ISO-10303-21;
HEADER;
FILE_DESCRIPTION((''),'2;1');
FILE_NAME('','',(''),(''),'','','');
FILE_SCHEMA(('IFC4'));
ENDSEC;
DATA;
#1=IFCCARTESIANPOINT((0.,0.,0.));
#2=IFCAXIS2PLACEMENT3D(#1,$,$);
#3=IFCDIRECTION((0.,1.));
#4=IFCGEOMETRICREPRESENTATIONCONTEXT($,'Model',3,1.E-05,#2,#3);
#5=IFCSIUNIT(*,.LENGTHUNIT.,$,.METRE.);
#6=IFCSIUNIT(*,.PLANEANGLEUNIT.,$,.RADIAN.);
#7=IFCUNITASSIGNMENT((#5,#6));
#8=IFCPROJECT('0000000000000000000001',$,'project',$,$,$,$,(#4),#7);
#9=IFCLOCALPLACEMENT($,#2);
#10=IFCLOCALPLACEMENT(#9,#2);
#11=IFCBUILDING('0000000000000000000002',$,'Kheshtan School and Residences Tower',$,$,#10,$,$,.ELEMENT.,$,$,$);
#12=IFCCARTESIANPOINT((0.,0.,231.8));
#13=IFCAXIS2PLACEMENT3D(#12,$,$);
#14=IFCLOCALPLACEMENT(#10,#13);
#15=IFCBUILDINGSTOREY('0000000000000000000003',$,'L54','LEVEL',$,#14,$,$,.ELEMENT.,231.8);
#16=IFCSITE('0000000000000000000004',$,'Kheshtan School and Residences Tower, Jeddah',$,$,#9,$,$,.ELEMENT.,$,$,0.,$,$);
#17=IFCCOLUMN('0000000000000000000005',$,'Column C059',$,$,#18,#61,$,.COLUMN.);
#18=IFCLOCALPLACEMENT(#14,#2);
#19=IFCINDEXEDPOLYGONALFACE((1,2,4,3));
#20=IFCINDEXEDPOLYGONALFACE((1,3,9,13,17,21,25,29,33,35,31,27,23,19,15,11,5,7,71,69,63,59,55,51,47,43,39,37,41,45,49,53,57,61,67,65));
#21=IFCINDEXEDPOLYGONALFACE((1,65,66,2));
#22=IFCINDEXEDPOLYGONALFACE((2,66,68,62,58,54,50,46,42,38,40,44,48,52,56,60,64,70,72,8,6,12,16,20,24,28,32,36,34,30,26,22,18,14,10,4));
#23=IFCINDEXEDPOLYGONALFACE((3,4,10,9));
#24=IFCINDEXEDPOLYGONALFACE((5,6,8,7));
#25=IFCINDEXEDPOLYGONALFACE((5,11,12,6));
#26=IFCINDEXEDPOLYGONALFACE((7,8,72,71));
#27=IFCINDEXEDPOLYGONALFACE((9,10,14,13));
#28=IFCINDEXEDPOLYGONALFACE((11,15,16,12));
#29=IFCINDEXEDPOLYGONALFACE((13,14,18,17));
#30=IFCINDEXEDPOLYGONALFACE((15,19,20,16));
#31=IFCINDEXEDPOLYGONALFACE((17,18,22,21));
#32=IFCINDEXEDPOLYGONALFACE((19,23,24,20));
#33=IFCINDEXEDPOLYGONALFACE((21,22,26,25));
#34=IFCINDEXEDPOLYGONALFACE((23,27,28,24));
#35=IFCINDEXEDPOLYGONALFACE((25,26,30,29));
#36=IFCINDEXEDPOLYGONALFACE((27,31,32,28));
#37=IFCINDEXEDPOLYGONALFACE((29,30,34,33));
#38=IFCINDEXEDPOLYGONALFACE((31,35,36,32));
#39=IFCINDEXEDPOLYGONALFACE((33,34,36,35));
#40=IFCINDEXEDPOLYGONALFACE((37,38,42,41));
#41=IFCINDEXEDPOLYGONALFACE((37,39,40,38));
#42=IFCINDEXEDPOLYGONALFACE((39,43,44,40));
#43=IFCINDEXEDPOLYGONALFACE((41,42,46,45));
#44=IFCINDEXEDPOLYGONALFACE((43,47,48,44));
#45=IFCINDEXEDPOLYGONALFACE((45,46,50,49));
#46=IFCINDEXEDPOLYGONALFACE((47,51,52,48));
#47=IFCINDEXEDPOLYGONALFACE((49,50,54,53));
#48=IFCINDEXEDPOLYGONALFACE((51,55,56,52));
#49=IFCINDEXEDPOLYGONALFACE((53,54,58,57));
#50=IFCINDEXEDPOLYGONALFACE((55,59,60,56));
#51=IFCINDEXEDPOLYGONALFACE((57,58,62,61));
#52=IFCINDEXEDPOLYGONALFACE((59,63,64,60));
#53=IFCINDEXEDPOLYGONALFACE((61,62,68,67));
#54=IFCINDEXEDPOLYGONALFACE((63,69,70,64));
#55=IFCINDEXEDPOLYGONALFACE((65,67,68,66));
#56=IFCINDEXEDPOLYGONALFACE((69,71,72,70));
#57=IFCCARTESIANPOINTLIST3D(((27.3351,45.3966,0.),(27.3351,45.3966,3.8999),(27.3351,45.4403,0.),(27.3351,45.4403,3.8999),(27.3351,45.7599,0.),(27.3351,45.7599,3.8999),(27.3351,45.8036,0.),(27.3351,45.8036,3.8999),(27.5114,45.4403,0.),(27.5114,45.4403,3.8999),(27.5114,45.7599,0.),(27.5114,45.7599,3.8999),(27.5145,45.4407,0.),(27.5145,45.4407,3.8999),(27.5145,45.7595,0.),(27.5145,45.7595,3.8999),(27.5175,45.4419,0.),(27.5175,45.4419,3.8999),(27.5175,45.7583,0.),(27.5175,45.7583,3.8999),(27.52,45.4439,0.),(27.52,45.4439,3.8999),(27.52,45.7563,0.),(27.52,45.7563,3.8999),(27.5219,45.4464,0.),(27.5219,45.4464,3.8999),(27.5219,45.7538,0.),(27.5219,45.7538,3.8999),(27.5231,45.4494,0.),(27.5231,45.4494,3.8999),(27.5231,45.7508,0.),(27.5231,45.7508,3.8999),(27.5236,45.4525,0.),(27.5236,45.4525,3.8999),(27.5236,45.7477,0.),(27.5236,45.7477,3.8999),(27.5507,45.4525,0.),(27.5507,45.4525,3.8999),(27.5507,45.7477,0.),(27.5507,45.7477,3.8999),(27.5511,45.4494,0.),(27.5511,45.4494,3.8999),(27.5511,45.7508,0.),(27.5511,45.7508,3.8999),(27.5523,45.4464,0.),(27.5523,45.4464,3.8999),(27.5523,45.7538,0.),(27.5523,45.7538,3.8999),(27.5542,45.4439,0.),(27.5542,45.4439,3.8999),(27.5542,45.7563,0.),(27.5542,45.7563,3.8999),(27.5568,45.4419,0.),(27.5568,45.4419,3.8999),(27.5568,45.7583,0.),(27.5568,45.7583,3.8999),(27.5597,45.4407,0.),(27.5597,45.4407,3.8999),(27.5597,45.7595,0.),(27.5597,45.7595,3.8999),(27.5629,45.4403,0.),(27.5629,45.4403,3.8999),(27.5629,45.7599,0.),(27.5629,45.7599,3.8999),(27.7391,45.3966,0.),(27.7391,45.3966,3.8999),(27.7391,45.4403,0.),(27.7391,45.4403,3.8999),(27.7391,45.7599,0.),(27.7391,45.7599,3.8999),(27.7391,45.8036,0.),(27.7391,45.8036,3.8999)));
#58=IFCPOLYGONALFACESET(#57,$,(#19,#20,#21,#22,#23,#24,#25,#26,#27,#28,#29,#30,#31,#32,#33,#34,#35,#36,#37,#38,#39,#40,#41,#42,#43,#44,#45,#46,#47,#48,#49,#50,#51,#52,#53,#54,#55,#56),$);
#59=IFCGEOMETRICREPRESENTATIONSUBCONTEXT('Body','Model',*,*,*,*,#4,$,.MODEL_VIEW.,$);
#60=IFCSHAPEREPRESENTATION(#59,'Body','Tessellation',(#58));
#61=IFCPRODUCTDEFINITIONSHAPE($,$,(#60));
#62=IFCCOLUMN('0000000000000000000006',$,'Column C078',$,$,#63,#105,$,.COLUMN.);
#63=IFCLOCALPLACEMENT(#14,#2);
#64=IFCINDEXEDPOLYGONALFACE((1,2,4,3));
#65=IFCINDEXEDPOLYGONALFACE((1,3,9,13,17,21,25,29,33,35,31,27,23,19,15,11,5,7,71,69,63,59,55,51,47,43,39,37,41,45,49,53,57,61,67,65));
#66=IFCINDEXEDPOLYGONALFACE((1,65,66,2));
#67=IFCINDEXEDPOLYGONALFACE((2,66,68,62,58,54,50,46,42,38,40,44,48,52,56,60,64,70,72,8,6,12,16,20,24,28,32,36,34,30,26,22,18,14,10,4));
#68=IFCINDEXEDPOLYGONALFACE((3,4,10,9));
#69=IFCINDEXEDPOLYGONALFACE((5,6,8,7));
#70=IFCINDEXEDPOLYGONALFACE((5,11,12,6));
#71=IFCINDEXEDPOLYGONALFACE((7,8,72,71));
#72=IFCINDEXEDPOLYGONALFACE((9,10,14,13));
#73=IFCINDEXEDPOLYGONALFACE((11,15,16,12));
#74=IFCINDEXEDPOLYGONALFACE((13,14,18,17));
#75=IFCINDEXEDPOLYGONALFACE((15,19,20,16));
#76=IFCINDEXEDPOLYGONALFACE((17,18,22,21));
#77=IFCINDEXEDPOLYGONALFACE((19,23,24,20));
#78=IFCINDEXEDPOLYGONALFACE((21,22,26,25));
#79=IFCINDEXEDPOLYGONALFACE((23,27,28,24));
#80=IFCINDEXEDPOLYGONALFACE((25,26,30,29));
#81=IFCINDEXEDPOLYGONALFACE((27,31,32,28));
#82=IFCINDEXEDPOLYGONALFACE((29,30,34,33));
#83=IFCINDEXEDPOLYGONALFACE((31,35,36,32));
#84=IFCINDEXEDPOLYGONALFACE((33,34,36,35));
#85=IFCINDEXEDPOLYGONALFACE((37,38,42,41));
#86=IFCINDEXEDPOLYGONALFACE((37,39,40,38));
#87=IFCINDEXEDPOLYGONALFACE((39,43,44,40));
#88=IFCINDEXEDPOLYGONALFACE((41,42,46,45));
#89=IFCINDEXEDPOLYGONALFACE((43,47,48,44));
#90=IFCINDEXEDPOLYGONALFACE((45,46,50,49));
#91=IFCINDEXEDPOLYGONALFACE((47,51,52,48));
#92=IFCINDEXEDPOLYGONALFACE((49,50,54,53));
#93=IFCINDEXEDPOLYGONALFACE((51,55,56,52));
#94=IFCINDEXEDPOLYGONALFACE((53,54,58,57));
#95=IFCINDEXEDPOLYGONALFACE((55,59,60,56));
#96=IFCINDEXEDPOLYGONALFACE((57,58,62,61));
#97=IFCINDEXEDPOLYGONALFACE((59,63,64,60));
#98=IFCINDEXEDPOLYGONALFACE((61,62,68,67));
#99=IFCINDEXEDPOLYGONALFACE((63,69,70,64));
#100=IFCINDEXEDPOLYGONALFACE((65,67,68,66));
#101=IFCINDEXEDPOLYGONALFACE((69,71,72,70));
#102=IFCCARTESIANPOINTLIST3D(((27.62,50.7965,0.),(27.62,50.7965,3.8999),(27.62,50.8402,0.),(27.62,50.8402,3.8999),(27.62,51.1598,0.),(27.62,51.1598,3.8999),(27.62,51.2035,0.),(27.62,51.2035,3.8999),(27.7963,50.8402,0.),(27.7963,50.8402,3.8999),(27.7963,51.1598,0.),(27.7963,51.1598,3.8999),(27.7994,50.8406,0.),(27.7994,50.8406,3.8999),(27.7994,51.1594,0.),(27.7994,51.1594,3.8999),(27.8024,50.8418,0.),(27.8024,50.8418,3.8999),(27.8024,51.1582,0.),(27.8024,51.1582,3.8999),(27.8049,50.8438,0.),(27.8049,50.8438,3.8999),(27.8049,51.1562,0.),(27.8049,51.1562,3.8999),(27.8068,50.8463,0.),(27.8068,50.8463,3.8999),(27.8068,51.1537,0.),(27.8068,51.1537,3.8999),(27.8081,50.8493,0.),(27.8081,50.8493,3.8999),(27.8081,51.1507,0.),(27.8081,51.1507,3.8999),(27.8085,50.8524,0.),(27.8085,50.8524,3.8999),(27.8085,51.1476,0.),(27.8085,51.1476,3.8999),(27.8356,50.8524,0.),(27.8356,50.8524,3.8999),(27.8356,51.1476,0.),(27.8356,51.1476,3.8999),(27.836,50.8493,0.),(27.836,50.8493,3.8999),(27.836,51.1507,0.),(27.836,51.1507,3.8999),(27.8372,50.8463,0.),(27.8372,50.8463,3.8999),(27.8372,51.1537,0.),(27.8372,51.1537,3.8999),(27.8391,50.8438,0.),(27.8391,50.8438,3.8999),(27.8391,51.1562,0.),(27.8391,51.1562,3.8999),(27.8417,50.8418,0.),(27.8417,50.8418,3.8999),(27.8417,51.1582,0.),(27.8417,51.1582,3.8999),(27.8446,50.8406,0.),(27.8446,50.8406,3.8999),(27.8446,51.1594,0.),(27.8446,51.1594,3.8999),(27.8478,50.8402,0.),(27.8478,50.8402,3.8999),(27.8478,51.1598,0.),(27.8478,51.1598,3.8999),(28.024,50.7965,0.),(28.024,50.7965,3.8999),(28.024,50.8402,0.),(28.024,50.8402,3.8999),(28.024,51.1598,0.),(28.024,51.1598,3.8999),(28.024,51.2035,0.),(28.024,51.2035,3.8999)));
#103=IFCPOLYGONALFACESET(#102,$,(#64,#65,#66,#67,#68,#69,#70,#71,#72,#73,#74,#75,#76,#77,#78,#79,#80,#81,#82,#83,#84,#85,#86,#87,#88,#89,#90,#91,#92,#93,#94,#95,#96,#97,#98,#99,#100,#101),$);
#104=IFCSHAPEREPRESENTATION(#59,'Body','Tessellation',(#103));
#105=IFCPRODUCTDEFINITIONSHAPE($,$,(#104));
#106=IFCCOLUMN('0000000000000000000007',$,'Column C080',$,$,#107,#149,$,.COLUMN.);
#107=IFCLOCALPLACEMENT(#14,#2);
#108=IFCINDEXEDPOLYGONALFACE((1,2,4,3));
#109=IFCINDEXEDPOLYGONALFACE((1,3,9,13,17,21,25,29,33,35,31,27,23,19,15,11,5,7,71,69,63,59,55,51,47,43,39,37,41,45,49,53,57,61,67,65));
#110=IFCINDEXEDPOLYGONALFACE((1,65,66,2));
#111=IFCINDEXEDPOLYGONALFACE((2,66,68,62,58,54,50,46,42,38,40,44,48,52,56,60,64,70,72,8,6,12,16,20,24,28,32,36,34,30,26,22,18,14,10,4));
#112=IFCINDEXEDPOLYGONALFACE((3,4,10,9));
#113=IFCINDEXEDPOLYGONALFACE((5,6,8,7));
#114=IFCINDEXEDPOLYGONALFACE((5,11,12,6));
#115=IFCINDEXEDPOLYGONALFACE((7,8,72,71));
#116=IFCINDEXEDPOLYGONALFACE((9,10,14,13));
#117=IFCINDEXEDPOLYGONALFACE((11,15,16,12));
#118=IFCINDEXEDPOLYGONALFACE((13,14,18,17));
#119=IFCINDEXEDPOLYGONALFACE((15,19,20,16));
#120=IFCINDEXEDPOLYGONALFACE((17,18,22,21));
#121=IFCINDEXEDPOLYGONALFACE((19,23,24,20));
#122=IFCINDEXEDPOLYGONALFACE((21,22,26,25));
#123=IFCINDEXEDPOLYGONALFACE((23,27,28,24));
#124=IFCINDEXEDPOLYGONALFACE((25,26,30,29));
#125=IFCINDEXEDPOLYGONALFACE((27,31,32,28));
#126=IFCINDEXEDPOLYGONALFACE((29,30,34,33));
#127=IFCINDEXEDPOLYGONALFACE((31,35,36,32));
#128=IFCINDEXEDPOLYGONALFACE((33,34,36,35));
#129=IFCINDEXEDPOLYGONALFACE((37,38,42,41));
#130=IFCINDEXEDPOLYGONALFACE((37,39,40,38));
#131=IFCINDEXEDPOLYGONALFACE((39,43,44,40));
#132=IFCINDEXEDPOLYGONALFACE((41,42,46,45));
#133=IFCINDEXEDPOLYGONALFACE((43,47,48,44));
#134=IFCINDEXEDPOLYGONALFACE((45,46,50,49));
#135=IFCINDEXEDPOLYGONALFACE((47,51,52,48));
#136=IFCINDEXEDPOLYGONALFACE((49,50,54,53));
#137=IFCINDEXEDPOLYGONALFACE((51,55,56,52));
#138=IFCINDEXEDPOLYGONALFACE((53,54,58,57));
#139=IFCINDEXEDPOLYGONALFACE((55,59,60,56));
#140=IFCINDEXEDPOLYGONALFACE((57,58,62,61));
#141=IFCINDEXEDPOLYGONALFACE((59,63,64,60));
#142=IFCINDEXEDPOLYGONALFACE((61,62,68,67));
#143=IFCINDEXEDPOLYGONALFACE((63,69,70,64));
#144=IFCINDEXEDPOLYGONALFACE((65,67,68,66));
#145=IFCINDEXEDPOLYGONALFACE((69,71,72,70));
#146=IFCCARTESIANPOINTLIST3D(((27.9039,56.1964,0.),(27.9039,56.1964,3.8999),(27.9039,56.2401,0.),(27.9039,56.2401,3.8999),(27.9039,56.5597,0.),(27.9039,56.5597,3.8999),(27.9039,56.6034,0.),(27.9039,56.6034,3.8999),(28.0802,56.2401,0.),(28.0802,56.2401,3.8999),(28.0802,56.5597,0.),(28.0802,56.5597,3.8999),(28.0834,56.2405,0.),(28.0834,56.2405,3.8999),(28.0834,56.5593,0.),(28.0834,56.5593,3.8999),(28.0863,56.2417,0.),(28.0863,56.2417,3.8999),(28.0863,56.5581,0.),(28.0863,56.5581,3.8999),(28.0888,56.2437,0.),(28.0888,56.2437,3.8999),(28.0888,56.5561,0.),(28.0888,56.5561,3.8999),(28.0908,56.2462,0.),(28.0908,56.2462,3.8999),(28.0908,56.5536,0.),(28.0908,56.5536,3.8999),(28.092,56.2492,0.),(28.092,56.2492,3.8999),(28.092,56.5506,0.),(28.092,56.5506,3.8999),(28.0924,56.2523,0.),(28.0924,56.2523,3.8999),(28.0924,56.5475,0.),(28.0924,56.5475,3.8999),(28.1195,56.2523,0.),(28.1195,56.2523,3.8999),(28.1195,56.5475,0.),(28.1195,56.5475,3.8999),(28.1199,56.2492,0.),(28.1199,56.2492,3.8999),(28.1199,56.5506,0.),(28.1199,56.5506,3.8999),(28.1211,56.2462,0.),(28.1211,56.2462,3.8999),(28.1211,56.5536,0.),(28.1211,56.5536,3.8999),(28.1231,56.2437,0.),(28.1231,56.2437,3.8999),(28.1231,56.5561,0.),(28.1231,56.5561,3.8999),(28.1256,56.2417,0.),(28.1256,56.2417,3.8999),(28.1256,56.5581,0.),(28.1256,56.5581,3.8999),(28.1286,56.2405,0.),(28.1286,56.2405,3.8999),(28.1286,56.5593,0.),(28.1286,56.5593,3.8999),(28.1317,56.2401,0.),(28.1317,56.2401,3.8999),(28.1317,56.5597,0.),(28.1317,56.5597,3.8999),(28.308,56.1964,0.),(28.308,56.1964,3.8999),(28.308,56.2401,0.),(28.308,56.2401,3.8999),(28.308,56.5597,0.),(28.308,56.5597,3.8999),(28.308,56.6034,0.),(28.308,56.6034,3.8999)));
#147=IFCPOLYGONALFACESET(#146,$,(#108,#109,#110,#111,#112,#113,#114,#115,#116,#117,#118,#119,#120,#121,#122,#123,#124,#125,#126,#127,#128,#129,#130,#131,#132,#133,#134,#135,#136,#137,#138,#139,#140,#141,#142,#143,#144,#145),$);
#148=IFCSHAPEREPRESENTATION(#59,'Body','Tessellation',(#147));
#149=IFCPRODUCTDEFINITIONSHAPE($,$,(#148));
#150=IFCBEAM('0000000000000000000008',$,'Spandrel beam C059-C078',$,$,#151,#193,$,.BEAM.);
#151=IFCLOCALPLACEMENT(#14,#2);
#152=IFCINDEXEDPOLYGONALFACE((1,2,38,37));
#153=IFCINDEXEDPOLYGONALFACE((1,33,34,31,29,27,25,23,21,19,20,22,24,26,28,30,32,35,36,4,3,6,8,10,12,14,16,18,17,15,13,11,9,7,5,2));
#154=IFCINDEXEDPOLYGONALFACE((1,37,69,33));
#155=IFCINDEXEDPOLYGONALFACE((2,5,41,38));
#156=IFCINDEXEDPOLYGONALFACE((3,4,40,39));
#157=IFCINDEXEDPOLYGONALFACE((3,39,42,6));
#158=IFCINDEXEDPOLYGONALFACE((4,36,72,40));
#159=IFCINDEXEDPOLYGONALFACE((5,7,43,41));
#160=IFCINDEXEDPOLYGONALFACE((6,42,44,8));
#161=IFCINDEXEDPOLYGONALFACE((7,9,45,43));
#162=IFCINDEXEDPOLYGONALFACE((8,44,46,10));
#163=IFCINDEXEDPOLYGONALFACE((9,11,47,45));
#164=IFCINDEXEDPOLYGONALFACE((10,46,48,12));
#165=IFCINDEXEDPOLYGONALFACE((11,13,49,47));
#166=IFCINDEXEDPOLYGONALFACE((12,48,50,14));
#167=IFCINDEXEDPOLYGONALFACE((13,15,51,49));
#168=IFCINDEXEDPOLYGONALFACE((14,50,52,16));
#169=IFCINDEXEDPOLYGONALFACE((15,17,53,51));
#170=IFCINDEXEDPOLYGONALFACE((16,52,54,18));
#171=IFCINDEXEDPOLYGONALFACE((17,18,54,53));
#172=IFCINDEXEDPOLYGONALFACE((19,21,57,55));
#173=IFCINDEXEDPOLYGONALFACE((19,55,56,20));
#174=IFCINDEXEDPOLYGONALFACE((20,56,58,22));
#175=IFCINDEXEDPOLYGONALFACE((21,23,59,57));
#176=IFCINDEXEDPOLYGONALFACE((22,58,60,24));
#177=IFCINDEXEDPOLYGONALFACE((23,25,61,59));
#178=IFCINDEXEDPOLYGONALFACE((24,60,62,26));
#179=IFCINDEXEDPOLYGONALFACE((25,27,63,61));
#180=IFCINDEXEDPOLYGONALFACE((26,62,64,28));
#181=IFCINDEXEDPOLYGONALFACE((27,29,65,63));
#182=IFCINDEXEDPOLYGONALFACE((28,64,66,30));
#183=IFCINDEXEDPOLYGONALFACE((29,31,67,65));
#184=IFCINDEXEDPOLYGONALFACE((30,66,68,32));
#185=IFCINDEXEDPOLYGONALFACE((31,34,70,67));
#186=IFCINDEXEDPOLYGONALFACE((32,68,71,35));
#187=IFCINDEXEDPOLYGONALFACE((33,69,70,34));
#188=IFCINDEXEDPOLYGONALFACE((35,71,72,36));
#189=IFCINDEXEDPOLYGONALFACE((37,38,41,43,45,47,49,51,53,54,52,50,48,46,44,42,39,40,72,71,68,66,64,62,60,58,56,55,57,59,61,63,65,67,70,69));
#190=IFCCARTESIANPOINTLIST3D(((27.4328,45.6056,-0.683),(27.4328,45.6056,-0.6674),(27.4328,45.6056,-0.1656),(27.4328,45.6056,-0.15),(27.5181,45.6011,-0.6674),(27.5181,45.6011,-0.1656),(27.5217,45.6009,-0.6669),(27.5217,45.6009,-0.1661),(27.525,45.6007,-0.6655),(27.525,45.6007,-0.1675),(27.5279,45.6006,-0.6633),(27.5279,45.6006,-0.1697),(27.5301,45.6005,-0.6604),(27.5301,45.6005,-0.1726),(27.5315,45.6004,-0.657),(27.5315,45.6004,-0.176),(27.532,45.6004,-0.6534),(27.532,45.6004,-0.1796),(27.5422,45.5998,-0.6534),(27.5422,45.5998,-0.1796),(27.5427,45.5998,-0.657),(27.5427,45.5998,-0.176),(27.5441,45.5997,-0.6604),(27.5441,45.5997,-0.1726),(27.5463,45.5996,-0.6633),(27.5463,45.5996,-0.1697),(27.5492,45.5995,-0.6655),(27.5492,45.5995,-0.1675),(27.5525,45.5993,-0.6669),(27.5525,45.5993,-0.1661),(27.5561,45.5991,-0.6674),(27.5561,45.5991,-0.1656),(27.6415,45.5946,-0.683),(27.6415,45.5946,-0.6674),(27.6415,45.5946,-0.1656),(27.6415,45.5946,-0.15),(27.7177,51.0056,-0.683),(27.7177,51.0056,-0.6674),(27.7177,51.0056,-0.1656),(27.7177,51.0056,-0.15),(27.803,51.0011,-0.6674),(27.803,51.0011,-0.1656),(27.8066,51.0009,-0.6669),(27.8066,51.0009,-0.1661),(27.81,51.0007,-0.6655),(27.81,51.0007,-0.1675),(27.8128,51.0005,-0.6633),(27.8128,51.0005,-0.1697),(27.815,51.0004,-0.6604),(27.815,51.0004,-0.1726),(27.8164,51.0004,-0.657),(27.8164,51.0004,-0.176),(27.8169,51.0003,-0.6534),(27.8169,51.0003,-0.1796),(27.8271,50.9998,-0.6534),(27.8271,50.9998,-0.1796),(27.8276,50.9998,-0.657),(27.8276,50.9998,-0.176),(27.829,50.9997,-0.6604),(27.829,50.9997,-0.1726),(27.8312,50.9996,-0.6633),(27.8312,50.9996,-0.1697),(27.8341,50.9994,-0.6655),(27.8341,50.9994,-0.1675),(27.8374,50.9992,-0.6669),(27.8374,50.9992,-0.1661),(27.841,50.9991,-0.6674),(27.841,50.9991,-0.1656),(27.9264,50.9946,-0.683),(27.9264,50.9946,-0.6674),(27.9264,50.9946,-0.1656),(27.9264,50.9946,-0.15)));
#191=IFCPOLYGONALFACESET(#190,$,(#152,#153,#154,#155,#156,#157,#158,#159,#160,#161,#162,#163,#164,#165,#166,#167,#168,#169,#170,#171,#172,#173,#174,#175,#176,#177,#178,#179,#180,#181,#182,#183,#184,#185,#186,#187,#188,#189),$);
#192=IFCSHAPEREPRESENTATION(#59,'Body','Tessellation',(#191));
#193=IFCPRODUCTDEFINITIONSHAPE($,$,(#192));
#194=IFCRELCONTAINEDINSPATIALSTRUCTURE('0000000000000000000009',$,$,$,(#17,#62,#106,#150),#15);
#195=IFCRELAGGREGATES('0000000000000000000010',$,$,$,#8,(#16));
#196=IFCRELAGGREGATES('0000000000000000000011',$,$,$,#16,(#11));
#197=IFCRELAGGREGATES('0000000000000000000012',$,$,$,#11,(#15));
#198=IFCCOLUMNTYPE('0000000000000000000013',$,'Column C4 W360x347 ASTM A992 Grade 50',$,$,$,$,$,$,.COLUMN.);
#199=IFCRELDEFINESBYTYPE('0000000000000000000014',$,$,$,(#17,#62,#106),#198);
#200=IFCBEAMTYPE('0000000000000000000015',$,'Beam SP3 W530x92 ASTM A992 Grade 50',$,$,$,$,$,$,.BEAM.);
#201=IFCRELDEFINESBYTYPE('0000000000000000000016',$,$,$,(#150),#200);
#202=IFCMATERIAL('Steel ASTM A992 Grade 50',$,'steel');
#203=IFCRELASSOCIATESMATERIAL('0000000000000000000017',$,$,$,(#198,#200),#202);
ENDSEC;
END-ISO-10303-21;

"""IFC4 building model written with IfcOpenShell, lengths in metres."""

from ifc_helpers import new_model, si_unit, direction, frame, origin, origin_2d, place, context, subcontext, project, spatial, i_section, extrude, material, material_profile, profile_set, type_object, element, save


model = new_model("IFC4")

# Units and contexts
model_context = context("Model", 3, precision=1e-05, world=origin(), true_north=direction((0.0, 1.0)))
body_context = subcontext(model_context, "Body", "Model", "MODEL_VIEW")
ifc_project = project(units=[si_unit("LENGTHUNIT", "METRE"), si_unit("PLANEANGLEUNIT", "RADIAN")], contexts=[model_context])

# Site, building, storey
site_placement = place(None, origin())
site = spatial("IfcSite", under=ifc_project, at=site_placement, Name="Kheshtan School and Residences Tower, Jeddah", CompositionType="ELEMENT", RefElevation=0.0)
building_placement = place(site_placement, origin())
building = spatial("IfcBuilding", under=site, at=building_placement, Name="Kheshtan School and Residences Tower", CompositionType="ELEMENT")
storey_placement = place(building_placement, frame((0.0, 0.0, 231.8)))
storey = spatial("IfcBuildingStorey", under=building, at=storey_placement, Name="L54", Description="LEVEL", CompositionType="ELEMENT", Elevation=231.8)

# Columns
ifc_material_1 = material(Name="Steel ASTM A992 Grade 50", Category="steel")
ifc_material_profile_1 = material_profile(ifc_material_1, i_section(OverallWidth=0.4041, OverallDepth=0.407, WebThickness=0.0271, FlangeThickness=0.0437, FilletRadius=0.0122, at=origin_2d()), Name="W360x347")
ifc_profile_set_1 = profile_set([ifc_material_profile_1], Name="Steel ASTM A992 Grade 50")
column_type = type_object("IfcColumnType", Name="Column C4 W360x347 ASTM A992 Grade 50", PredefinedType="COLUMN", material=ifc_profile_set_1)
for number, where, z_axis, x_axis, name in (
    (1, (27.5371, 45.6001, 0.0), (0.0, 0.0, 1.0), (1.0, 0.0, 0.0), "Column C059"),
    (2, (27.822, 51.0, 0.0), (0.0, 0.0, 1.0), (1.0, 0.0, 0.0), "Column C078"),
    (3, (28.106, 56.3999, 0.0), (0.0, 0.0, 1.0), (1.0, 0.0, 0.0), "Column C080"),
):
    element("IfcColumn", number, at=place(storey_placement, frame(where, z_axis=z_axis, x_axis=x_axis)), inside=storey, type_object=column_type, Name=name, PredefinedType="COLUMN", context=body_context, shape_type="SweptSolid", body=[
        extrude(i_section(OverallWidth=0.4041, OverallDepth=0.407, WebThickness=0.0271, FlangeThickness=0.0437, FilletRadius=0.0122, at=origin_2d()), origin(), (0.0, 0.0, 1.0), 3.8999),
    ])

# Beam
ifc_material_profile_2 = material_profile(ifc_material_1, i_section(OverallWidth=0.209, OverallDepth=0.533, WebThickness=0.0103, FlangeThickness=0.0156, FilletRadius=0.0139, at=origin_2d()), Name="W530x92")
ifc_profile_set_2 = profile_set([ifc_material_profile_2], Name="Steel ASTM A992 Grade 50")
beam_type = type_object("IfcBeamType", Name="Beam SP3 W530x92 ASTM A992 Grade 50", PredefinedType="BEAM", material=ifc_profile_set_2)
for number, where, z_axis, x_axis, name in (
    (4, (27.5371, 45.6001, -0.4165), (0.052689, 0.998611, 0.0), (-0.998611, 0.052689, 0.0), "Spandrel beam C059-C078"),
):
    element("IfcBeam", number, at=place(storey_placement, frame(where, z_axis=z_axis, x_axis=x_axis)), inside=storey, type_object=beam_type, Name=name, PredefinedType="BEAM", context=body_context, shape_type="SweptSolid", body=[
        extrude(i_section(OverallWidth=0.209, OverallDepth=0.533, WebThickness=0.0103, FlangeThickness=0.0156, FilletRadius=0.0139, at=origin_2d()), origin(), (0.0, 0.0, 1.0), 5.4075),
    ])

save(model, "model.ifc")
